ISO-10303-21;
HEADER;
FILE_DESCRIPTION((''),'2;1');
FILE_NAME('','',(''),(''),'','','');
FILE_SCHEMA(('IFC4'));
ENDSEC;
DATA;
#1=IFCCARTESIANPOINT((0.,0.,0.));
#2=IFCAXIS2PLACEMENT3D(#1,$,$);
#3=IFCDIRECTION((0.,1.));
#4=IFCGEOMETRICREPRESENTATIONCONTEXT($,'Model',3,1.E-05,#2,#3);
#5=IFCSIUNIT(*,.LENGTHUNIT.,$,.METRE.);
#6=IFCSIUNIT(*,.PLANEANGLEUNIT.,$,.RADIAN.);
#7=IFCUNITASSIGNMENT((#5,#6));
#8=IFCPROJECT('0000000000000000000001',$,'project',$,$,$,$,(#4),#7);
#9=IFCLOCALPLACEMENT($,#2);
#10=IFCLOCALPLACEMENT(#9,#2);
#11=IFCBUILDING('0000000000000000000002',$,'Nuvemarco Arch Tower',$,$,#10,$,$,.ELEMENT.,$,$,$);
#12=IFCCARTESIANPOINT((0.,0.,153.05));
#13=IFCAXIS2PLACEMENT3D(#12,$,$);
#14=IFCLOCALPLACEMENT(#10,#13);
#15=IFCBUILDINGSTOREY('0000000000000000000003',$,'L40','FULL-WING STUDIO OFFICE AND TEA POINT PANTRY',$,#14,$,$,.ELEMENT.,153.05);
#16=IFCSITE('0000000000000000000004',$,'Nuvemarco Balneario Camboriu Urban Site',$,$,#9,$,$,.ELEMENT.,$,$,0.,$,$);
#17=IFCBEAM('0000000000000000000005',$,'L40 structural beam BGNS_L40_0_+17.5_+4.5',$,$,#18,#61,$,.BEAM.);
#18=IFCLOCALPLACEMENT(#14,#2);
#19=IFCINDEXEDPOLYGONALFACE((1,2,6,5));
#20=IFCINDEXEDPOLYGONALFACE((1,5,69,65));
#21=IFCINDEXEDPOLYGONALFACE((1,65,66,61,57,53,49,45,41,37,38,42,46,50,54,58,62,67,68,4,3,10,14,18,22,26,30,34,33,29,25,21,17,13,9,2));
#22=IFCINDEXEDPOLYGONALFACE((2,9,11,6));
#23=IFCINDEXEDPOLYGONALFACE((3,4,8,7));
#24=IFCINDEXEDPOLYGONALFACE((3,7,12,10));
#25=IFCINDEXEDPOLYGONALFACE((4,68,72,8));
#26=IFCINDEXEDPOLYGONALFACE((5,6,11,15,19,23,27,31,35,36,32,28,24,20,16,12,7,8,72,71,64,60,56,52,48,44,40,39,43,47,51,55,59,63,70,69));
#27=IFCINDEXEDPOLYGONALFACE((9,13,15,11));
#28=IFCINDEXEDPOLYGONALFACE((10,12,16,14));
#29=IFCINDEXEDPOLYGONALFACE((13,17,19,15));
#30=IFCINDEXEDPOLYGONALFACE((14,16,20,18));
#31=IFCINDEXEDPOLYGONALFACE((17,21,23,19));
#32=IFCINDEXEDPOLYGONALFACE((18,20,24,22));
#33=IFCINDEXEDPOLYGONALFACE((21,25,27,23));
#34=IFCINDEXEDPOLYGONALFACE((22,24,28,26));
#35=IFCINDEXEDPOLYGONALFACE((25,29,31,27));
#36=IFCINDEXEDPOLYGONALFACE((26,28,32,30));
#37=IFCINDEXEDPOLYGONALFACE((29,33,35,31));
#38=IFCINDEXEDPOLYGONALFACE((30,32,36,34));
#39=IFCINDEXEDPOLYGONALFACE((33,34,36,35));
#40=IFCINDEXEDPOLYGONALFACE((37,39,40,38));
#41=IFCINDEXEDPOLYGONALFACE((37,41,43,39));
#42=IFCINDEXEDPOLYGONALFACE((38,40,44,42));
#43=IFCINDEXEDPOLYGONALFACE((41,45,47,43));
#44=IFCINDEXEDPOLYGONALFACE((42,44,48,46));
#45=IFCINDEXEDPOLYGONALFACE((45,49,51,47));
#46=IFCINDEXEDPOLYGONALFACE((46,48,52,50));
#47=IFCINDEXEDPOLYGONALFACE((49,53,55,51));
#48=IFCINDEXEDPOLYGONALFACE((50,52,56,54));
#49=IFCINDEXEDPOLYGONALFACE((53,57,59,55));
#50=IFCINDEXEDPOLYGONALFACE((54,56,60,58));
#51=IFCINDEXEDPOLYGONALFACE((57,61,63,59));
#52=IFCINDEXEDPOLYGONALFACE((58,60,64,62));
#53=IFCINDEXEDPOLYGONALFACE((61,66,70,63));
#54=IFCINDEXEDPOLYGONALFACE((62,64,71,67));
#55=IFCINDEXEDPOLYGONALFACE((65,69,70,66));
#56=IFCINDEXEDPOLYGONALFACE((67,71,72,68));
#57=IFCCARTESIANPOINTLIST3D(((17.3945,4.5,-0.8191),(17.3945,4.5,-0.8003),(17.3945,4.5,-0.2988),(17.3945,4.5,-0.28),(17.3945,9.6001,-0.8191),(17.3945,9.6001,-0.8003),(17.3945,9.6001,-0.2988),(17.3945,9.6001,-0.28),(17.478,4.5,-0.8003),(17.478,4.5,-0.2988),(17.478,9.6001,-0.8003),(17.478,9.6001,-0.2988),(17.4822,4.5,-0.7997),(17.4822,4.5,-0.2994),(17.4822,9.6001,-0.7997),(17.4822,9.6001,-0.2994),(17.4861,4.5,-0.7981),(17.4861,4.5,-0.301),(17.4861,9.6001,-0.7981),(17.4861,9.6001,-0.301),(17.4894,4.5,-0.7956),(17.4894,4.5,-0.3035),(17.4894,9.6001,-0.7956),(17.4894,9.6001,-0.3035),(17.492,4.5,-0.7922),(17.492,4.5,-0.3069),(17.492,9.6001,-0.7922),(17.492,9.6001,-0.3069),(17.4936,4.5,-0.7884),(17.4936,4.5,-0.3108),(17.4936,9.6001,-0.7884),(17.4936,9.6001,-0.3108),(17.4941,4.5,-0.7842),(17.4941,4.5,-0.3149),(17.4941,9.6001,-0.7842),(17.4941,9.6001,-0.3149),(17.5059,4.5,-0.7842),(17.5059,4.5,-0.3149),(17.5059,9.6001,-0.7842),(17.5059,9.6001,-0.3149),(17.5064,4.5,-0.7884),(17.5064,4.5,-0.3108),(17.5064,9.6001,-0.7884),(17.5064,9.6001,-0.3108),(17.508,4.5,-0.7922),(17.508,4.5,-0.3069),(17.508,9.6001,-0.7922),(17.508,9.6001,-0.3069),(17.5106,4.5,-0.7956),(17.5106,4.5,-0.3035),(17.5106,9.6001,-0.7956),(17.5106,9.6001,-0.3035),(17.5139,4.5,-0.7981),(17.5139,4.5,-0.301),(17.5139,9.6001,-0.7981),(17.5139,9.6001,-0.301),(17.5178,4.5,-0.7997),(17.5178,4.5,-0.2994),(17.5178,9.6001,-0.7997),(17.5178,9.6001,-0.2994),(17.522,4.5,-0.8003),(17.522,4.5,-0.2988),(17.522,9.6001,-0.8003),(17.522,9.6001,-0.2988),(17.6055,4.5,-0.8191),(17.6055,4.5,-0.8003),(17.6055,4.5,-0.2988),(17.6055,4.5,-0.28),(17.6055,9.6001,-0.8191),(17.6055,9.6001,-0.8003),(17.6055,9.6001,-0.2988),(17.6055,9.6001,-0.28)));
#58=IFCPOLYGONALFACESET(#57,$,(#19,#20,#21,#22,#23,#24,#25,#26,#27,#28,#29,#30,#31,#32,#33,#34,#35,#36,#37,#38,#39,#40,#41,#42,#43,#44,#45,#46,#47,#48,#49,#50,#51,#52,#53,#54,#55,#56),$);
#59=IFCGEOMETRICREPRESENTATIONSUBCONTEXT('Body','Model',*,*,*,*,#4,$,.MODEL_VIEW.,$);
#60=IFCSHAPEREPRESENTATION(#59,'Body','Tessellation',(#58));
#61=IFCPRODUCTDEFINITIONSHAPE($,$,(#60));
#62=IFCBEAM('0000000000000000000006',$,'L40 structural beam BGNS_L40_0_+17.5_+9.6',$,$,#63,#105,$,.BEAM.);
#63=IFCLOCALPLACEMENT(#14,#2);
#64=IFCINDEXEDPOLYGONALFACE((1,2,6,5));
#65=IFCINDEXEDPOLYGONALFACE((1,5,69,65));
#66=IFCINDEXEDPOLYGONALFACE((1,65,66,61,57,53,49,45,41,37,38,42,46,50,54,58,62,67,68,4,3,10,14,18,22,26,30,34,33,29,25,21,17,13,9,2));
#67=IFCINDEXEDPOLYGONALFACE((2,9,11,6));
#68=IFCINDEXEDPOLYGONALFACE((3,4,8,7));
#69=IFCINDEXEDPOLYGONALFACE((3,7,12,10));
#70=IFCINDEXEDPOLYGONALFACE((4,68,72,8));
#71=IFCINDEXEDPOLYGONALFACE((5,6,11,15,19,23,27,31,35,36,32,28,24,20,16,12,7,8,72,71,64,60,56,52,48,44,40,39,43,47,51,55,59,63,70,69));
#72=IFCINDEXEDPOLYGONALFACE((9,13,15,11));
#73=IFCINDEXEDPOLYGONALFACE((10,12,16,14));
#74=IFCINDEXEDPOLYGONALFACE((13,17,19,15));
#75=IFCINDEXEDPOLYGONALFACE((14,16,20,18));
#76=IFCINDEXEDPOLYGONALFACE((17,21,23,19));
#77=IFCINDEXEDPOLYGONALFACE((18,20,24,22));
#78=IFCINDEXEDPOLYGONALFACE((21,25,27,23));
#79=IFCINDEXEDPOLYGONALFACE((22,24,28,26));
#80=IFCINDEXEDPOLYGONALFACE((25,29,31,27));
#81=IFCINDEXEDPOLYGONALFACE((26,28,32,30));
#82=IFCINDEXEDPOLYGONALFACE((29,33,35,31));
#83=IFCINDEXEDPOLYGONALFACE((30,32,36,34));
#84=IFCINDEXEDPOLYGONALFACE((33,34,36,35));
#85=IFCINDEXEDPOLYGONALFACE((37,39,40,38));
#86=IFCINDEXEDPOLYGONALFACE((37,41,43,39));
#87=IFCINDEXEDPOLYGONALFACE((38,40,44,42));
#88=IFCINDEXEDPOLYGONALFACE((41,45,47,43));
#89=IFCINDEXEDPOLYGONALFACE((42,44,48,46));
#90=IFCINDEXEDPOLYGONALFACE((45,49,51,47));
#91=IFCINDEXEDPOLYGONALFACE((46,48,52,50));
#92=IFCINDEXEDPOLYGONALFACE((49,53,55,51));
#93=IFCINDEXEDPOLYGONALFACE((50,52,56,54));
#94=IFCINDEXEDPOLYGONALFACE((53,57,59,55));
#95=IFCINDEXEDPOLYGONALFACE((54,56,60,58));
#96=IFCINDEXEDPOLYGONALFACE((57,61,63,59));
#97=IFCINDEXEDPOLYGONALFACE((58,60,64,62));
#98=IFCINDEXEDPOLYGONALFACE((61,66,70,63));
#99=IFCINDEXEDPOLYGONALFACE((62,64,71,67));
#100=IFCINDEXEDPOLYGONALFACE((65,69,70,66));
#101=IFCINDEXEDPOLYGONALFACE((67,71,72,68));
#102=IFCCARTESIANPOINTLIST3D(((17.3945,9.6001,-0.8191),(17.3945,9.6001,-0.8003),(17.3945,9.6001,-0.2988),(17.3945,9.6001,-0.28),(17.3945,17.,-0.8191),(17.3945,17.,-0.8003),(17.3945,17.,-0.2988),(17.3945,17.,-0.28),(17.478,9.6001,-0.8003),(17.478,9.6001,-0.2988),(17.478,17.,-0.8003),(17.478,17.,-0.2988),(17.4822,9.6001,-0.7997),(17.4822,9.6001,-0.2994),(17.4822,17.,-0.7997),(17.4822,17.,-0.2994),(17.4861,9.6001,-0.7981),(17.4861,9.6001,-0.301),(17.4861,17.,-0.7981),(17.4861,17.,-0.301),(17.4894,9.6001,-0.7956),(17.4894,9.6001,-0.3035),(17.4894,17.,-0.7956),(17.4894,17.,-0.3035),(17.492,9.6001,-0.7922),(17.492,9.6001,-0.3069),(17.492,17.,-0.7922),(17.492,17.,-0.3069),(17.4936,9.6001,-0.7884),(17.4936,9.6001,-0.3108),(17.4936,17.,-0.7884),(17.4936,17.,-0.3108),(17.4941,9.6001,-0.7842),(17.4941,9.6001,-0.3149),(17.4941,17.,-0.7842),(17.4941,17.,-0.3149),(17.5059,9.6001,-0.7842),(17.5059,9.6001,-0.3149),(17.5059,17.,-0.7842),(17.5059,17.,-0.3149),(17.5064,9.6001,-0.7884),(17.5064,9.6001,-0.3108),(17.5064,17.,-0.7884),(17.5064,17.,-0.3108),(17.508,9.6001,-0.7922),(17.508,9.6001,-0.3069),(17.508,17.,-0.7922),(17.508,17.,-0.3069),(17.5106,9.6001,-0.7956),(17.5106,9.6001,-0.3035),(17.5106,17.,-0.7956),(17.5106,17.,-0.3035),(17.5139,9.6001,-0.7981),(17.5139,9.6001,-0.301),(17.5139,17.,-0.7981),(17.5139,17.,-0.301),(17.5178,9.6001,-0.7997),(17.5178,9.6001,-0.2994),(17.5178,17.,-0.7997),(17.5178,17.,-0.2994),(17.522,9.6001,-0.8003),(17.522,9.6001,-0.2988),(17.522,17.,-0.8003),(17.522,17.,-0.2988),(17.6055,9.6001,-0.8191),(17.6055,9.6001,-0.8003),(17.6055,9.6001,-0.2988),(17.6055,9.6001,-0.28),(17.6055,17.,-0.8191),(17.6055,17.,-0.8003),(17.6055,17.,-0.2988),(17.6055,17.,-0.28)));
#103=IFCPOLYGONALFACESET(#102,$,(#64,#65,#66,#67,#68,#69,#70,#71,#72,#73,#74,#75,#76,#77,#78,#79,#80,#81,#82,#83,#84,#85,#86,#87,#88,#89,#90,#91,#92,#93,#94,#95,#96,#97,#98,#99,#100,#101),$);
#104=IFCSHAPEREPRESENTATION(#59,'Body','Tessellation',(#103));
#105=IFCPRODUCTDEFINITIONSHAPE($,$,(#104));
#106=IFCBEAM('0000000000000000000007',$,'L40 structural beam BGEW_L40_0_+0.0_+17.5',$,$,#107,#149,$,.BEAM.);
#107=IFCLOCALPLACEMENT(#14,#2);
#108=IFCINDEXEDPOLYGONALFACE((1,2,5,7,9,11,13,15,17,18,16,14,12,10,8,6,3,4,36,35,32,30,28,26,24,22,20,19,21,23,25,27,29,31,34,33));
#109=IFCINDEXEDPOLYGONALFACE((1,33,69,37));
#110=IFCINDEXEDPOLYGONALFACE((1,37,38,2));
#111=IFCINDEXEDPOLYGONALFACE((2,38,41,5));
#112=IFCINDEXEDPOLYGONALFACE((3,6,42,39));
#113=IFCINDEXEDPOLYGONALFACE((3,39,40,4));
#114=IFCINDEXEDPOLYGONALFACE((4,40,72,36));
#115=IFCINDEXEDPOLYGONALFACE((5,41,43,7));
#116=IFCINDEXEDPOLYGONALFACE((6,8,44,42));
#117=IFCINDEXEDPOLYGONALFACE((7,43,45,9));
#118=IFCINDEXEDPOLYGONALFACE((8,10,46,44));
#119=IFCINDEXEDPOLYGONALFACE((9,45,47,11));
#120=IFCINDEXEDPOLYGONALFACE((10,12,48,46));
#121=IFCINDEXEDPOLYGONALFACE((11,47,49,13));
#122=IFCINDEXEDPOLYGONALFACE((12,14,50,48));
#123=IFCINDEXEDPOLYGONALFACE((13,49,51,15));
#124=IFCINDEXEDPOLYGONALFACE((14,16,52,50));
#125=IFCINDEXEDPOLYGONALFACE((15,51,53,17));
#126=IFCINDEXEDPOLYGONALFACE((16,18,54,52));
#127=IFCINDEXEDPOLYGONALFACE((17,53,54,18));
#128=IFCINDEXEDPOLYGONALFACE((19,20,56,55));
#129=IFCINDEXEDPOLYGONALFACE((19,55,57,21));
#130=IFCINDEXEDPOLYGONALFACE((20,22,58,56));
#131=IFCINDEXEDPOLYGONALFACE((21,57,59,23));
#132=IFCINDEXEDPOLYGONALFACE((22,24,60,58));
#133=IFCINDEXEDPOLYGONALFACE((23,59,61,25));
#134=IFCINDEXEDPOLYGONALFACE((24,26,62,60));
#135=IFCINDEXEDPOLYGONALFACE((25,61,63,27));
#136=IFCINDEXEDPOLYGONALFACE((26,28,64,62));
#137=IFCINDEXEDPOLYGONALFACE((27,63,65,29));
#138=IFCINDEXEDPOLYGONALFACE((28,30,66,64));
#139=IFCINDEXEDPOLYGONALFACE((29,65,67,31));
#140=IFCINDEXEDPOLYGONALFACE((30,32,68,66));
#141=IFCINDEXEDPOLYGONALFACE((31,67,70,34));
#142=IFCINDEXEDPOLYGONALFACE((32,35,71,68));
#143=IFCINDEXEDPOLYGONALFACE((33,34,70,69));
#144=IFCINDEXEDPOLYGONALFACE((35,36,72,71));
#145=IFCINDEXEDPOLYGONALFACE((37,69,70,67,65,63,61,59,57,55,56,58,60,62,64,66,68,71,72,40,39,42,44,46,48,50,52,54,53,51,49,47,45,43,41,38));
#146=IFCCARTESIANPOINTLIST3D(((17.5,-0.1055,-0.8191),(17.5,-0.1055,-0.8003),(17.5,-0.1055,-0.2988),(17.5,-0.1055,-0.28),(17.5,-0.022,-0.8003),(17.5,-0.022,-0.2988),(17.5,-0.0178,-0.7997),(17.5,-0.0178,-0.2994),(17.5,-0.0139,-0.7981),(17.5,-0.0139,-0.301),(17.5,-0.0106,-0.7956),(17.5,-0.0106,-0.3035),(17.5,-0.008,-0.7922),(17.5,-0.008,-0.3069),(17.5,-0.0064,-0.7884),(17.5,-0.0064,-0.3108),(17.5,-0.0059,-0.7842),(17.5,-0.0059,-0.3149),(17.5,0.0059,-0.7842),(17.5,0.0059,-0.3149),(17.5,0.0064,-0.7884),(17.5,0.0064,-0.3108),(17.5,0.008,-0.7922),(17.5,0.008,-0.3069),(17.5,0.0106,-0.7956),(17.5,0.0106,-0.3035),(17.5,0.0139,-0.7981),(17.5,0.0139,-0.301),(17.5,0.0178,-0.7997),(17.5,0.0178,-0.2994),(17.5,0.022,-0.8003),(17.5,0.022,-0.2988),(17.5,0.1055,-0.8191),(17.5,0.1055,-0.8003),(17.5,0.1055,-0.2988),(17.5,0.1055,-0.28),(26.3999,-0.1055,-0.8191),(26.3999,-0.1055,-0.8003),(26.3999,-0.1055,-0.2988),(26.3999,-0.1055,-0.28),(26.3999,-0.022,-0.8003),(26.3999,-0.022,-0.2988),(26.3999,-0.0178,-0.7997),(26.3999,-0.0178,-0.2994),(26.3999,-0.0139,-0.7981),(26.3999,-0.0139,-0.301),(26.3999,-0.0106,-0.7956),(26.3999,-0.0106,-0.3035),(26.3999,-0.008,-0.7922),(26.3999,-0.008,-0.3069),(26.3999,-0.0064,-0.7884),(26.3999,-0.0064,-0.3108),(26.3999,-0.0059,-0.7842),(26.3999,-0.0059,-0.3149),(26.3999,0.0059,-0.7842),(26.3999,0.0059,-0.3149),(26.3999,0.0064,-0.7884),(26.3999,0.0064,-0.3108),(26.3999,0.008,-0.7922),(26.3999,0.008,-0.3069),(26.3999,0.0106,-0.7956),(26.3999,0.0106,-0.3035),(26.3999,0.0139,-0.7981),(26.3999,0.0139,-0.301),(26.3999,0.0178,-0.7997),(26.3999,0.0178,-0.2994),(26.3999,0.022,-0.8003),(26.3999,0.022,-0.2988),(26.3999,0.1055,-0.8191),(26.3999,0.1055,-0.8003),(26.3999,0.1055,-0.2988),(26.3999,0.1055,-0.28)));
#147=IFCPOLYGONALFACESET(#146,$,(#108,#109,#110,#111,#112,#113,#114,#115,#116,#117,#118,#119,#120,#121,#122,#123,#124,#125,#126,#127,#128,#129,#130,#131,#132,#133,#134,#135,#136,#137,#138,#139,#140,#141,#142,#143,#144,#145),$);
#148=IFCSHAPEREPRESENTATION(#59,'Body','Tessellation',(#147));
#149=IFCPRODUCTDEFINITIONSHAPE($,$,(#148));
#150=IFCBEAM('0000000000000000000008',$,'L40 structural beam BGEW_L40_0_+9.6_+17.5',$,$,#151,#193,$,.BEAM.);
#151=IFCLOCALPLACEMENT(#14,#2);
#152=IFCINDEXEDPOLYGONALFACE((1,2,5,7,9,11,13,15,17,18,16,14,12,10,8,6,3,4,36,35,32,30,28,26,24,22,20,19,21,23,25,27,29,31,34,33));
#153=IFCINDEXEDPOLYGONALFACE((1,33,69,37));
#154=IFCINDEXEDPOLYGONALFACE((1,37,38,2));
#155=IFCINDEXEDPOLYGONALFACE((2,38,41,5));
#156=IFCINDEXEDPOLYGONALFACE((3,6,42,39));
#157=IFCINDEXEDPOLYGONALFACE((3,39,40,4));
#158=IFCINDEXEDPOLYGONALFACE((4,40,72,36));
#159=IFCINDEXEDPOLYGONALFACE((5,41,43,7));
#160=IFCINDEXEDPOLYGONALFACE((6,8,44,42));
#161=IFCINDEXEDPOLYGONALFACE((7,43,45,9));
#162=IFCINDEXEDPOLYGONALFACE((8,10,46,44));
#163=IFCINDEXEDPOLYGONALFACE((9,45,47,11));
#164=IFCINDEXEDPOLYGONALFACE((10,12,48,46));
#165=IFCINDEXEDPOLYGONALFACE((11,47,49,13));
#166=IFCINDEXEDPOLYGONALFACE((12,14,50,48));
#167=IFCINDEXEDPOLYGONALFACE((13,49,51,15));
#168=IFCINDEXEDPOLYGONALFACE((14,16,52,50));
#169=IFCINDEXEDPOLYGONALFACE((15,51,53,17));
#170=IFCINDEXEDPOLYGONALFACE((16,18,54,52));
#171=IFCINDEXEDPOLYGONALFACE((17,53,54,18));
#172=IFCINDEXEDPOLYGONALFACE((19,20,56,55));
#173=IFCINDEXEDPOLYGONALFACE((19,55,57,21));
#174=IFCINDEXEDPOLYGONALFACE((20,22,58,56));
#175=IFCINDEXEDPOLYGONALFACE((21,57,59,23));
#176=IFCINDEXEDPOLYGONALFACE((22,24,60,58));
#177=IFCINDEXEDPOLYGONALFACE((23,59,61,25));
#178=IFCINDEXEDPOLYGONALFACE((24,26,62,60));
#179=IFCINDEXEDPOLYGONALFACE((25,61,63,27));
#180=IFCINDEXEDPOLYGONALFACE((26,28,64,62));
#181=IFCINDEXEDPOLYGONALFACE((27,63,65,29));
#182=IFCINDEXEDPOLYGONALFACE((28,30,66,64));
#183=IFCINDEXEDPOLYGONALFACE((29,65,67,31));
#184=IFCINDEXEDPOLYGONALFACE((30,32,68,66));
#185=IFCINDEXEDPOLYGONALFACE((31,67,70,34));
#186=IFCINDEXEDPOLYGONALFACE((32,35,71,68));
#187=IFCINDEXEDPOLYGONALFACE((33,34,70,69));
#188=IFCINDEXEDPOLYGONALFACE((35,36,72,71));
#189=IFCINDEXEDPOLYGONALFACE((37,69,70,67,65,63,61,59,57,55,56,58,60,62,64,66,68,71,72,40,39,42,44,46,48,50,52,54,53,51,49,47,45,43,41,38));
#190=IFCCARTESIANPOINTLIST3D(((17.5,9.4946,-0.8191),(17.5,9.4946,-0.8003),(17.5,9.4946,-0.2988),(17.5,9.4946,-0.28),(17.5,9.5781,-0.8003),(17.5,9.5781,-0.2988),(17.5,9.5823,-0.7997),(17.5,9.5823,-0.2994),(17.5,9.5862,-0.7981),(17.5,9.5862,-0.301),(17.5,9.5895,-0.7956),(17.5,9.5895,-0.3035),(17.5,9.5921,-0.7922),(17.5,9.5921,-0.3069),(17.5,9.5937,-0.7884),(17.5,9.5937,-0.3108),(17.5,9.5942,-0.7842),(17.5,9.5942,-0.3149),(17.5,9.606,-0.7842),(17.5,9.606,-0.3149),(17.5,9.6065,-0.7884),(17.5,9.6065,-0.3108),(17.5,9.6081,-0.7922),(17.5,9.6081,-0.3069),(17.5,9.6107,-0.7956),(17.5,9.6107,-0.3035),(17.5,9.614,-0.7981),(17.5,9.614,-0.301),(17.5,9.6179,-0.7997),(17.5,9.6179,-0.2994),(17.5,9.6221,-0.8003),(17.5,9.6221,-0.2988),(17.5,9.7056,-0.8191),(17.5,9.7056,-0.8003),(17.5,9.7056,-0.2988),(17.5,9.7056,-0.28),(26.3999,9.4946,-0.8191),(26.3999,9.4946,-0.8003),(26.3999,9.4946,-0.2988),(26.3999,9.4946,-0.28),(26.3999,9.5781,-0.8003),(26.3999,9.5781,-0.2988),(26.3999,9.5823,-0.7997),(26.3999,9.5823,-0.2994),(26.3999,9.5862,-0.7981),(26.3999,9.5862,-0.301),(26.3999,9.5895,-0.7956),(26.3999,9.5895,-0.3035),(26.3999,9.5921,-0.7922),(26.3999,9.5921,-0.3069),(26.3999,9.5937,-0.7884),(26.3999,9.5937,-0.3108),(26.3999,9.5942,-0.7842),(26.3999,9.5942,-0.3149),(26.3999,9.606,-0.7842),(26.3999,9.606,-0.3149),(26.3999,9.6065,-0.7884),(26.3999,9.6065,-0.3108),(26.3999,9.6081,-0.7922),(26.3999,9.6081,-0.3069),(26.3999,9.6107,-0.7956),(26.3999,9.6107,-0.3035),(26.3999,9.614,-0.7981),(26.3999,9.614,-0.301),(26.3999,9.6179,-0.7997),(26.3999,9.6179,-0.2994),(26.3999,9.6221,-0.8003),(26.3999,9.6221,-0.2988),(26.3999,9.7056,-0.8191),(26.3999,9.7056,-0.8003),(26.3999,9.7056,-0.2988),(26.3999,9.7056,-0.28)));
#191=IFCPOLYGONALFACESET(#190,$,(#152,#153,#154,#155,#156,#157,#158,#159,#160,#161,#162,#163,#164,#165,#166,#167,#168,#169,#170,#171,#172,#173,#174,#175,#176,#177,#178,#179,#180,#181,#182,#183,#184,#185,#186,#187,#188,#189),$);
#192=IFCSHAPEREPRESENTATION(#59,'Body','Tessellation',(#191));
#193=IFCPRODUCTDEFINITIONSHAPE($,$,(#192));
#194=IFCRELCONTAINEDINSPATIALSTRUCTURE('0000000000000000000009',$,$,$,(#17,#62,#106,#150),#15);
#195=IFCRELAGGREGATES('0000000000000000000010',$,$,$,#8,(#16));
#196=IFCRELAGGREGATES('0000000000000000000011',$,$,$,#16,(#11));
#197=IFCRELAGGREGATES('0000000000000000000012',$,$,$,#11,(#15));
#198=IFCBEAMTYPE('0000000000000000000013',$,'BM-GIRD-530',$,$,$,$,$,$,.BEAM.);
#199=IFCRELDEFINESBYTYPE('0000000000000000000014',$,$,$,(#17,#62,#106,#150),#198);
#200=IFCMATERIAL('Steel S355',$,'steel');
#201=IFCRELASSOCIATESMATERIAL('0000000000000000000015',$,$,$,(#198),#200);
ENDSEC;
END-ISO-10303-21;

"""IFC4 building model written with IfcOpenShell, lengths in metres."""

from ifc_helpers import new_model, si_unit, direction, frame, origin, origin_2d, place, context, subcontext, project, spatial, i_section, extrude, material, material_profile, profile_set, type_object, element, save


model = new_model("IFC4")

# Units and contexts
model_context = context("Model", 3, precision=1e-05, world=origin(), true_north=direction((0.0, 1.0)))
body_context = subcontext(model_context, "Body", "Model", "MODEL_VIEW")
ifc_project = project(units=[si_unit("LENGTHUNIT", "METRE"), si_unit("PLANEANGLEUNIT", "RADIAN")], contexts=[model_context])

# Site, building, storey
site_placement = place(None, origin())
site = spatial("IfcSite", under=ifc_project, at=site_placement, Name="Nuvemarco Balneario Camboriu Urban Site", CompositionType="ELEMENT", RefElevation=0.0)
building_placement = place(site_placement, origin())
building = spatial("IfcBuilding", under=site, at=building_placement, Name="Nuvemarco Arch Tower", CompositionType="ELEMENT")
storey_placement = place(building_placement, frame((0.0, 0.0, 153.05)))
storey = spatial("IfcBuildingStorey", under=building, at=storey_placement, Name="L40", Description="FULL-WING STUDIO OFFICE AND TEA POINT PANTRY", CompositionType="ELEMENT", Elevation=153.05)

# Shared definitions
ifc_material_1 = material(Name="Steel S355", Category="steel")

# Beams
ifc_material_profile_1 = material_profile(ifc_material_1, i_section(OverallWidth=0.2109, OverallDepth=0.5391, WebThickness=0.0117, FlangeThickness=0.0188, FilletRadius=0.0161, at=origin_2d()), Name="W530x109")
ifc_profile_set_1 = profile_set([ifc_material_profile_1], Name="Steel S355")
beam_type_1 = type_object("IfcBeamType", Name="BM-GIRD-530", PredefinedType="BEAM", material=ifc_profile_set_1)
beam_1_placement = place(storey_placement, frame((17.5, 4.5, -0.5496), z_axis=(0.0, 1.0, 0.0), x_axis=(-1.0, 0.0, 0.0)))
element("IfcBeam", 1, at=beam_1_placement, inside=storey, type_object=beam_type_1, Name="L40 structural beam BGNS_L40_0_+17.5_+4.5", PredefinedType="BEAM", context=body_context, shape_type="SweptSolid", body=[
    extrude(i_section(OverallWidth=0.2109, OverallDepth=0.5391, WebThickness=0.0117, FlangeThickness=0.0188, FilletRadius=0.0161, at=origin_2d()), origin(), (0.0, 0.0, 1.0), 5.1001),
])
beam_2_placement = place(storey_placement, frame((17.5, 9.6001, -0.5496), z_axis=(0.0, 1.0, 0.0), x_axis=(-1.0, 0.0, 0.0)))
element("IfcBeam", 2, at=beam_2_placement, inside=storey, type_object=beam_type_1, Name="L40 structural beam BGNS_L40_0_+17.5_+9.6", PredefinedType="BEAM", context=body_context, shape_type="SweptSolid", body=[
    extrude(i_section(OverallWidth=0.2109, OverallDepth=0.5391, WebThickness=0.0117, FlangeThickness=0.0188, FilletRadius=0.0161, at=origin_2d()), origin(), (0.0, 0.0, 1.0), 7.3999),
])
for number, where, z_axis, x_axis, name in (
    (3, (17.5, 0.0, -0.5496), (1.0, 0.0, 0.0), (0.0, 1.0, 0.0), "L40 structural beam BGEW_L40_0_+0.0_+17.5"),
    (4, (17.5, 9.6001, -0.5496), (1.0, 0.0, 0.0), (0.0, 1.0, 0.0), "L40 structural beam BGEW_L40_0_+9.6_+17.5"),
):
    element("IfcBeam", number, at=place(storey_placement, frame(where, z_axis=z_axis, x_axis=x_axis)), inside=storey, type_object=beam_type_1, Name=name, PredefinedType="BEAM", context=body_context, shape_type="SweptSolid", body=[
        extrude(i_section(OverallWidth=0.2109, OverallDepth=0.5391, WebThickness=0.0117, FlangeThickness=0.0188, FilletRadius=0.0161, at=origin_2d()), origin(), (0.0, 0.0, 1.0), 8.8999),
    ])

save(model, "model.ifc")
